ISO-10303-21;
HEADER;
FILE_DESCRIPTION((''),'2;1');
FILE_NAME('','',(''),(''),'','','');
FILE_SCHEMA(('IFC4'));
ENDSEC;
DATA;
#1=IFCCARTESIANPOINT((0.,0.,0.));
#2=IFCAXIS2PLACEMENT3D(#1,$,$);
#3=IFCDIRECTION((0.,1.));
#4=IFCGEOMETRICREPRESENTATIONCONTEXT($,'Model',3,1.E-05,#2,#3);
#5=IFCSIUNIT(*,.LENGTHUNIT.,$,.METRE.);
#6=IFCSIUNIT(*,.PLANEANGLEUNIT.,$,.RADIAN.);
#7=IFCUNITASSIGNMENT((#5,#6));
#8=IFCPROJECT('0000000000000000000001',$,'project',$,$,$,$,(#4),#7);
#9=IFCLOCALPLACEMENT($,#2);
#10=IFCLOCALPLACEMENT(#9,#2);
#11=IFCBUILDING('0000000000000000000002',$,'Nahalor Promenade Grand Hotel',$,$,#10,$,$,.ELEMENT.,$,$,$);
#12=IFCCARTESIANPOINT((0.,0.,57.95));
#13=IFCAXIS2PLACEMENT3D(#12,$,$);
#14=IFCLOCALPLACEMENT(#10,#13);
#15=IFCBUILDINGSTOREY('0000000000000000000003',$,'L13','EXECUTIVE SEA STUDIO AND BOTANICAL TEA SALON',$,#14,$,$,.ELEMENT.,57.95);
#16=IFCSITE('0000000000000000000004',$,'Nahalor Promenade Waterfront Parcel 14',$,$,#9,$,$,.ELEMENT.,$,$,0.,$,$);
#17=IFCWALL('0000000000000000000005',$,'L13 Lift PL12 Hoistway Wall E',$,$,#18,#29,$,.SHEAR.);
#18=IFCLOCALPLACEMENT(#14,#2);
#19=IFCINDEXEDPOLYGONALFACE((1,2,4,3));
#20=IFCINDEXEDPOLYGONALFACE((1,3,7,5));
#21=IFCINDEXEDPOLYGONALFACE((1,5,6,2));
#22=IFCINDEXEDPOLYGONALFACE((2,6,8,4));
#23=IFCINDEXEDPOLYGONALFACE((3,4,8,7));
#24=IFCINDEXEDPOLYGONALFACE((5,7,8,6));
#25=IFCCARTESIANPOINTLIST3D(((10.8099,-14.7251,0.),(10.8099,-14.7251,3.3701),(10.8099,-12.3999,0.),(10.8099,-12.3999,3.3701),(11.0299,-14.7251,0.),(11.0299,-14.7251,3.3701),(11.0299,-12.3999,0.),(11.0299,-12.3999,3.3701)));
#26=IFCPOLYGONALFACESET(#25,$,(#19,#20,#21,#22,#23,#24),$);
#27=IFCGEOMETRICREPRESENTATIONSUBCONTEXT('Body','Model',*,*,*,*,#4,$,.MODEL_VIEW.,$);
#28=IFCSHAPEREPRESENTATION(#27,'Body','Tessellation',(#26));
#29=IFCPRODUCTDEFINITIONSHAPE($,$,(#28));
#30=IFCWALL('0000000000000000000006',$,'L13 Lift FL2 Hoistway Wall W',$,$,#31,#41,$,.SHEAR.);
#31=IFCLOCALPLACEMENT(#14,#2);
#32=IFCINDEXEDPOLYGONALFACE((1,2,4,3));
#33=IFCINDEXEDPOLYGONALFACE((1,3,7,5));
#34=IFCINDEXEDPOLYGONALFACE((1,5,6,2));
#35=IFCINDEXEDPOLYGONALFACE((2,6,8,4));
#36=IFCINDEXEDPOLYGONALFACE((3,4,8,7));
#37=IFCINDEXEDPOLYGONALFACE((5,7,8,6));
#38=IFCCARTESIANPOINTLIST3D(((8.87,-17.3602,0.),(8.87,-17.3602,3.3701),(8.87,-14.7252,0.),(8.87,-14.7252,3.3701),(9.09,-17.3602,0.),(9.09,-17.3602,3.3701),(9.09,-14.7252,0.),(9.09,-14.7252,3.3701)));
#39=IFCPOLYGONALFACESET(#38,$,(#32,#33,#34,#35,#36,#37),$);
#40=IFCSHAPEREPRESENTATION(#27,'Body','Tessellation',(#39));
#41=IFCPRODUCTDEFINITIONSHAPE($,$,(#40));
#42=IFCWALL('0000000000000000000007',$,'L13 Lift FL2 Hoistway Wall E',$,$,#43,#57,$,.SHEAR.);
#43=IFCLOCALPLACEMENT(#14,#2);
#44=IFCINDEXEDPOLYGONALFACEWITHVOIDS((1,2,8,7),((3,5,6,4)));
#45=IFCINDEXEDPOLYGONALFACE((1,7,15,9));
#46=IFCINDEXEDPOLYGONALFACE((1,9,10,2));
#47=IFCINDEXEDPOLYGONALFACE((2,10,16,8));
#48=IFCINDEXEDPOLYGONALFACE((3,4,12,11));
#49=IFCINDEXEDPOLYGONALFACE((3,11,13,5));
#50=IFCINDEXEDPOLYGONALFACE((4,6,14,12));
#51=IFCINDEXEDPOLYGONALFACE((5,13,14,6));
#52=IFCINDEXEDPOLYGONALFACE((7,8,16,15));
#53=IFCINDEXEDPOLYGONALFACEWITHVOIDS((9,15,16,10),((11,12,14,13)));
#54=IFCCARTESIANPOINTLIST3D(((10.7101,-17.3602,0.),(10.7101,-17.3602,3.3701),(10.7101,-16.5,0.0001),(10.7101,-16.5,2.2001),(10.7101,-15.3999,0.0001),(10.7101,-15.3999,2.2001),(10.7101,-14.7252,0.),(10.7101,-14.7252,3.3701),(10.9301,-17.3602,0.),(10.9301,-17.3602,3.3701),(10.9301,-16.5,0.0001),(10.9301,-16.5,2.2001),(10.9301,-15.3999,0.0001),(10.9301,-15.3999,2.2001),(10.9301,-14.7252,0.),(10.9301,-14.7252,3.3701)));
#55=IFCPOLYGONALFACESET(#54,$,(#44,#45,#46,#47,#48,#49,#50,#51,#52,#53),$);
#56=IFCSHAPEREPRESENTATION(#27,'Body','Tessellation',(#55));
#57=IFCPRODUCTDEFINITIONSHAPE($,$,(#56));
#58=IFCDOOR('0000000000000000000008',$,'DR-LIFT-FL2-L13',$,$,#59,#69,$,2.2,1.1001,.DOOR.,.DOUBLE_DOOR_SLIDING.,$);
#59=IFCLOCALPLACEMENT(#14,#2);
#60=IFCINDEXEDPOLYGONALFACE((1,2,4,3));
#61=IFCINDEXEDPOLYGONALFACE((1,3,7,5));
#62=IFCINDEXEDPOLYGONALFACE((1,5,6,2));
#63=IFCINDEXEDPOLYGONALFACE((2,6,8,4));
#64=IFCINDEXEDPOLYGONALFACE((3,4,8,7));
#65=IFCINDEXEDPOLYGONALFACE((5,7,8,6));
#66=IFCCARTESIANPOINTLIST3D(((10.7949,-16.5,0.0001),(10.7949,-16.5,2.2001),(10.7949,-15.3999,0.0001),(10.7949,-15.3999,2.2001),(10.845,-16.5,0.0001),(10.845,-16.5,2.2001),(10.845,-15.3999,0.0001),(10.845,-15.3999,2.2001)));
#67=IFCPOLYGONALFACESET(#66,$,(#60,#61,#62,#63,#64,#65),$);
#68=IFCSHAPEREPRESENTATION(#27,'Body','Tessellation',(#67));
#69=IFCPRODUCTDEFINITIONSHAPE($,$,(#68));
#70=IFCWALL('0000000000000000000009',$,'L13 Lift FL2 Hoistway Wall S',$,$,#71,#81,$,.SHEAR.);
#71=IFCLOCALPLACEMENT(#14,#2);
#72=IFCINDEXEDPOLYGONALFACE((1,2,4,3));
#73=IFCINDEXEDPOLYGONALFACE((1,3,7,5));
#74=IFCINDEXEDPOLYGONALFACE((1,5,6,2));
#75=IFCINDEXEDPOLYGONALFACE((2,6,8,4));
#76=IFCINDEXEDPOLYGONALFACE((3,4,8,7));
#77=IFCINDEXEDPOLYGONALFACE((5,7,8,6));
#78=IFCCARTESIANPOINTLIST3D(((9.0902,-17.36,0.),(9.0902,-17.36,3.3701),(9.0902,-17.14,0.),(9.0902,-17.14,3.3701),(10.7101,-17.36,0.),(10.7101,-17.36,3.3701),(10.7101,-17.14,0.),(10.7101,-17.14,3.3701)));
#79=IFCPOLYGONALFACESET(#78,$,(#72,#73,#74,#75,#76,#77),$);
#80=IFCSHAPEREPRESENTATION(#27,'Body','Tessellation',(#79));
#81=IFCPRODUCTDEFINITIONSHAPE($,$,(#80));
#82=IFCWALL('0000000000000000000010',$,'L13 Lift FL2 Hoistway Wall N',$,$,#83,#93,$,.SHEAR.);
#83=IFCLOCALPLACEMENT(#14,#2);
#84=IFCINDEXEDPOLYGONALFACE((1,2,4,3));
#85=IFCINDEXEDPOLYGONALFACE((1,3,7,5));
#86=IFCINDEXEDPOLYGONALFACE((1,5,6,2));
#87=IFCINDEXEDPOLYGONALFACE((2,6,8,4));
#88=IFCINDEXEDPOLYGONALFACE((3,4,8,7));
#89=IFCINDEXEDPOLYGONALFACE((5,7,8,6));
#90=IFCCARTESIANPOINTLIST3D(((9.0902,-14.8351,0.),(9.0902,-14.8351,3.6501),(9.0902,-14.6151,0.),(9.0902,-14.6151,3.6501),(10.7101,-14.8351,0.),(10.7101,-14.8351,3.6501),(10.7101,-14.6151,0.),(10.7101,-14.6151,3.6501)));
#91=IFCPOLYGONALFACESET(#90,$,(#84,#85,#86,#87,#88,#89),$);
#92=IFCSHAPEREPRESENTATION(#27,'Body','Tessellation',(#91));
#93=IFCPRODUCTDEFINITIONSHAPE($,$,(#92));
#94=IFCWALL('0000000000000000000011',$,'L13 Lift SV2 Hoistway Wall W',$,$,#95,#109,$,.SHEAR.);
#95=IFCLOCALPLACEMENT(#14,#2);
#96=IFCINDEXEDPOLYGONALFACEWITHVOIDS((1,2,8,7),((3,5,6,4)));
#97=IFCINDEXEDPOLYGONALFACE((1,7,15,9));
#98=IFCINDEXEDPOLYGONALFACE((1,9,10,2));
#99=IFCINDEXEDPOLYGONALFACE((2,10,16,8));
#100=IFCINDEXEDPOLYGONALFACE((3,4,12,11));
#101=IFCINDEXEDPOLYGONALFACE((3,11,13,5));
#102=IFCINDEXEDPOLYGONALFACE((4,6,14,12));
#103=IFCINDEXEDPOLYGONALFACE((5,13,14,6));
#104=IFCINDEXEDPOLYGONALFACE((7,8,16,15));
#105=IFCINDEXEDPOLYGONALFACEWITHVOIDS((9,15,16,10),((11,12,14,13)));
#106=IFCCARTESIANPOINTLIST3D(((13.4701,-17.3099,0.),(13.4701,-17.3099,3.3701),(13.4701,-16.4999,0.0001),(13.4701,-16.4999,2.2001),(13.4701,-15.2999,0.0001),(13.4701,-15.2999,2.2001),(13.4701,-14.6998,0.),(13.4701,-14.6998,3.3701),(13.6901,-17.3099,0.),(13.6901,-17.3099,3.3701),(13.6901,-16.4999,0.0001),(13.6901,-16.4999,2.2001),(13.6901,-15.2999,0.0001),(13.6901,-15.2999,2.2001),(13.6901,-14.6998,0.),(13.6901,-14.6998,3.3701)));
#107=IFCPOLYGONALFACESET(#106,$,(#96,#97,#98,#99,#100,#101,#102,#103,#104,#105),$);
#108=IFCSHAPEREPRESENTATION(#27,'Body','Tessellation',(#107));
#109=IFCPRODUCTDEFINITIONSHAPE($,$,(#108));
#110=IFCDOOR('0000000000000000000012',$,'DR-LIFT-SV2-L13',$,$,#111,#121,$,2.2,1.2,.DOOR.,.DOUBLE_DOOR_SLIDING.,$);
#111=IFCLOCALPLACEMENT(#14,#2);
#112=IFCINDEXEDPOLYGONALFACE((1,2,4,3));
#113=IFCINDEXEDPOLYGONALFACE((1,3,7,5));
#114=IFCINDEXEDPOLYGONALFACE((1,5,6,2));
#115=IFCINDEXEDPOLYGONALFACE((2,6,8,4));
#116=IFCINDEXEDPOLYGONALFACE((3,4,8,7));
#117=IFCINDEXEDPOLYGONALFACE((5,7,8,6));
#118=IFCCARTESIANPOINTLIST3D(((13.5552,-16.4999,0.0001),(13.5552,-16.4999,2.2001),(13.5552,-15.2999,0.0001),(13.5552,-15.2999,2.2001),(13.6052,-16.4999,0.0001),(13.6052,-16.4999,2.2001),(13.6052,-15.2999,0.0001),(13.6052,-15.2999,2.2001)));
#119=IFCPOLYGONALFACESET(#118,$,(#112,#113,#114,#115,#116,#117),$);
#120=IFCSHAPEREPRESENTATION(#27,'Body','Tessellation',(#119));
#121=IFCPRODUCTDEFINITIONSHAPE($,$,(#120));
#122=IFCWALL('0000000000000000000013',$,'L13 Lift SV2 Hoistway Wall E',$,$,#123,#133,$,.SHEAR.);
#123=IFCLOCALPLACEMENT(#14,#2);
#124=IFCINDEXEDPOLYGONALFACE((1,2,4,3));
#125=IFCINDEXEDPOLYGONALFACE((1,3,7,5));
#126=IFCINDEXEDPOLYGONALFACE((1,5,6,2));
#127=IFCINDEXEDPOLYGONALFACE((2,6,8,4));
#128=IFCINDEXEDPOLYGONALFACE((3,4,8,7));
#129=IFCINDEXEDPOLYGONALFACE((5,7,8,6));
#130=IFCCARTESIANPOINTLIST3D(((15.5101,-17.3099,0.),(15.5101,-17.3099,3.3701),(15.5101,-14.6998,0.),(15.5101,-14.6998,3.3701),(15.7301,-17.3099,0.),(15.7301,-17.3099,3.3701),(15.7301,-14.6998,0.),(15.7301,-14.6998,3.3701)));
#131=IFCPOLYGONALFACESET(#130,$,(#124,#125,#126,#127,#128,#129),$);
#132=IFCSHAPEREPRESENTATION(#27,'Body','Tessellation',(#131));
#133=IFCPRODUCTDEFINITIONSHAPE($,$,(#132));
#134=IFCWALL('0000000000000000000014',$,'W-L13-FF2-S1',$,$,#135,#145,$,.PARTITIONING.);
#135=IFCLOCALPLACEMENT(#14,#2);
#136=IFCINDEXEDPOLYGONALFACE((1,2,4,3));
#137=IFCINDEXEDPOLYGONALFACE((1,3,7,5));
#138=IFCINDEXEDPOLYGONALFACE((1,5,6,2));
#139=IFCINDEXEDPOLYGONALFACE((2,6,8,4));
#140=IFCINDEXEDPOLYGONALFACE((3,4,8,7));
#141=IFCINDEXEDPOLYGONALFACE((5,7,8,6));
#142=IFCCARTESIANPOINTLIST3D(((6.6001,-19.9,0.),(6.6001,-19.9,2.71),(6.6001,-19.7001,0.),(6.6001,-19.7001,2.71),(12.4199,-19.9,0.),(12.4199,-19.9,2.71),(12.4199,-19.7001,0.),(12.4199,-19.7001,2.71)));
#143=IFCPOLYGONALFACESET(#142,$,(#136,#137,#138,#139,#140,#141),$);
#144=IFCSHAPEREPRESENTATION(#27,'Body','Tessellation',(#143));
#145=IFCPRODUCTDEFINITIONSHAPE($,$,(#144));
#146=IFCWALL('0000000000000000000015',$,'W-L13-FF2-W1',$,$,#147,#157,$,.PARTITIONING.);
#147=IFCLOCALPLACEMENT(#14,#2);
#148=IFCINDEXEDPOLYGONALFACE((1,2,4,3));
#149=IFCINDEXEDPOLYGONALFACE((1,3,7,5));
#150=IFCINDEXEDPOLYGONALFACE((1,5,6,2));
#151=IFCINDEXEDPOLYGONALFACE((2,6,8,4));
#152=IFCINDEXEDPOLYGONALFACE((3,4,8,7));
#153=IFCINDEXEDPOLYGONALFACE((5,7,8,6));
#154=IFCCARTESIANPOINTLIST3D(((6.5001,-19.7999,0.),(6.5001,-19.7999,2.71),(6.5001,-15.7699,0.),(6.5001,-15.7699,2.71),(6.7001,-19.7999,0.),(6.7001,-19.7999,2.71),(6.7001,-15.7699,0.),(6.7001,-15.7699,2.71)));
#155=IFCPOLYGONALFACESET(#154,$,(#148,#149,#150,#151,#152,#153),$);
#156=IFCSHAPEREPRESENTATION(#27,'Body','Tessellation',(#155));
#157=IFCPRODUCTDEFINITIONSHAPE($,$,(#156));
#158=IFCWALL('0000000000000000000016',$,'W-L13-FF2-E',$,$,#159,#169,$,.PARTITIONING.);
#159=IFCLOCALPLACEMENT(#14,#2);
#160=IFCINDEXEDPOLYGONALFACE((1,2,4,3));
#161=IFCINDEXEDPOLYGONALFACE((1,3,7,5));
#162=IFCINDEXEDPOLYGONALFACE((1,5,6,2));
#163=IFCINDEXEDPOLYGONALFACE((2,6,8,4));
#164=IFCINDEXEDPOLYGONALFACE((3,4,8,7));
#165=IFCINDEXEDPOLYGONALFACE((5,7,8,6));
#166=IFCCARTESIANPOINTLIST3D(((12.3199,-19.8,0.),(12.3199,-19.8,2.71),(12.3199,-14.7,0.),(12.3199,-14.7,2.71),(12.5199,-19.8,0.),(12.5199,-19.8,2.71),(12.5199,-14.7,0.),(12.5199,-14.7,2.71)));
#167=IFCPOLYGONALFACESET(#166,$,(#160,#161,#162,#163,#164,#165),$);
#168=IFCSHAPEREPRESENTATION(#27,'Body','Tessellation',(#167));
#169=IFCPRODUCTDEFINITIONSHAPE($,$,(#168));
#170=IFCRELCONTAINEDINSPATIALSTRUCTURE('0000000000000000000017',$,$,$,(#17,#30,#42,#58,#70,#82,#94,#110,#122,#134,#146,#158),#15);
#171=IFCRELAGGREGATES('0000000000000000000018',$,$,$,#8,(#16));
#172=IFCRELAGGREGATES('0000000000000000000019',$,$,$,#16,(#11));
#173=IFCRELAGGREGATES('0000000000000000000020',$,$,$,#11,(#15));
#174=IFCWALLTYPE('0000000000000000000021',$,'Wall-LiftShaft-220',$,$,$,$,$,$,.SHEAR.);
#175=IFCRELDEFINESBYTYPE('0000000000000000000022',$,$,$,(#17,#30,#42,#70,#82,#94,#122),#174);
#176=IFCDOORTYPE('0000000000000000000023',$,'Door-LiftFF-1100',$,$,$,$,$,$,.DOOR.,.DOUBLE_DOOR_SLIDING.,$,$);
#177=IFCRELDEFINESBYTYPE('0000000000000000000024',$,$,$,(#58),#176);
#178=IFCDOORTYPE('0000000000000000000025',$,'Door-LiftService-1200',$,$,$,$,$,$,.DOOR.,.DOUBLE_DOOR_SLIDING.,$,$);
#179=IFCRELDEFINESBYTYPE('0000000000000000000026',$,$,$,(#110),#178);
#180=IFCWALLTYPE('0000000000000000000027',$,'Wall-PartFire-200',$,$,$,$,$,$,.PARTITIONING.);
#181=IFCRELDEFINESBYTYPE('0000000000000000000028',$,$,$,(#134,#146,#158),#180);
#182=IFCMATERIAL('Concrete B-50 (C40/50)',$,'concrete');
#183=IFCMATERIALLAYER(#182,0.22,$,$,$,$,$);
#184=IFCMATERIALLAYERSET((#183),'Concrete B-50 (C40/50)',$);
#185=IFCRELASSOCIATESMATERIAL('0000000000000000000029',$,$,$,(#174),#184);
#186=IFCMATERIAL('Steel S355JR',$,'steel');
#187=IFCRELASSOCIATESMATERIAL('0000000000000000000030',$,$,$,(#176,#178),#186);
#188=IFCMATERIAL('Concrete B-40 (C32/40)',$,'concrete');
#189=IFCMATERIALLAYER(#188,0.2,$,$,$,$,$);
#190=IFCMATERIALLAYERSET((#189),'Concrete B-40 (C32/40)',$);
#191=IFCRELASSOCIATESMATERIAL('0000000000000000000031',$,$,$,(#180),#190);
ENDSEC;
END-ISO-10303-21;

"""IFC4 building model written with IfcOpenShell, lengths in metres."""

from ifc_helpers import new_model, si_unit, direction, frame, frame_2d, origin, place, context, subcontext, project, spatial, rectangle, extrude, source, transform, mapped, material, layer, layer_set, type_object, element, fill, save


model = new_model("IFC4")

# Units and contexts
model_context = context("Model", 3, precision=1e-05, world=origin(), true_north=direction((0.0, 1.0)))
body_context = subcontext(model_context, "Body", "Model", "MODEL_VIEW")
ifc_project = project(units=[si_unit("LENGTHUNIT", "METRE"), si_unit("PLANEANGLEUNIT", "RADIAN")], contexts=[model_context])

# Site, building, storey
site_placement = place(None, origin())
site = spatial("IfcSite", under=ifc_project, at=site_placement, Name="Nahalor Promenade Waterfront Parcel 14", CompositionType="ELEMENT", RefElevation=0.0)
building_placement = place(site_placement, origin())
building = spatial("IfcBuilding", under=site, at=building_placement, Name="Nahalor Promenade Grand Hotel", CompositionType="ELEMENT")
storey_placement = place(building_placement, frame((0.0, 0.0, 57.95)))
storey = spatial("IfcBuildingStorey", under=building, at=storey_placement, Name="L13", Description="EXECUTIVE SEA STUDIO AND BOTANICAL TEA SALON", CompositionType="ELEMENT", Elevation=57.95)

# Shared definitions
ifc_material_1 = material(Name="Steel S355JR", Category="steel")

# Shared definitions
ifc_material_2 = material(Name="Concrete B-50 (C40/50)", Category="concrete")

# Walls
ifc_layer_1 = layer(ifc_material_2, 0.22)
ifc_layer_set_1 = layer_set([ifc_layer_1], Name="Concrete B-50 (C40/50)")
wall_type_1 = type_object("IfcWallType", Name="Wall-LiftShaft-220", PredefinedType="SHEAR", material=ifc_layer_set_1)
shared_shape_1 = source(origin(), body_context, "Body", "SweptSolid", [
    extrude(rectangle(XDim=2.3252, YDim=0.22, at=frame_2d((1.1626, 0.0))), origin(), (0.0, 0.0, 1.0), 3.3701),
])
for number, where, z_axis, x_axis, name in (
    (1, (10.9199, -14.7251, 0.0), (0.0, 0.0, 1.0), (0.0, 1.0, 0.0), "L13 Lift PL12 Hoistway Wall E"),
):
    element("IfcWall", number, at=place(storey_placement, frame(where, z_axis=z_axis, x_axis=x_axis)), inside=storey, type_object=wall_type_1, Name=name, PredefinedType="SHEAR", context=body_context, shape_type="MappedRepresentation", body=[
        mapped(shared_shape_1, transform((0.0, 0.0, 0.0), scale=1.0)),
    ])
shared_shape_2 = source(origin(), body_context, "Body", "SweptSolid", [
    extrude(rectangle(XDim=2.635, YDim=0.22, at=frame_2d((1.3174, 0.0))), origin(), (0.0, 0.0, 1.0), 3.3701),
])
wall_1_placement = place(storey_placement, frame((8.98, -17.3601, 0.0), z_axis=(0.0, 0.0, 1.0), x_axis=(0.0, 1.0, 0.0)))
element("IfcWall", 2, at=wall_1_placement, inside=storey, type_object=wall_type_1, Name="L13 Lift FL2 Hoistway Wall W", PredefinedType="SHEAR", context=body_context, shape_type="MappedRepresentation", body=[
    mapped(shared_shape_2, transform((0.0, 0.0, 0.0), scale=1.0)),
])

# Wall, opening, door
wall_2_placement = place(storey_placement, frame((10.8201, -17.3601, 0.0), z_axis=(0.0, 0.0, 1.0), x_axis=(0.0, 1.0, 0.0)))
wall_2 = element("IfcWall", 3, at=wall_2_placement, inside=storey, type_object=wall_type_1, Name="L13 Lift FL2 Hoistway Wall E", PredefinedType="SHEAR", context=body_context, shape_type="MappedRepresentation", body=[
    mapped(shared_shape_2, transform((0.0, 0.0, 0.0), scale=1.0)),
])
opening_1_placement = place(wall_2_placement, frame((0.8601, 0.0, 0.0)))
opening_1 = element("IfcOpeningElement", 4, at=opening_1_placement, cuts=wall_2, PredefinedType="OPENING", context=body_context, shape_type="SweptSolid", body=[
    extrude(rectangle(XDim=1.1001, YDim=2.2, at=frame_2d((0.55, 1.1001))), frame((0.0, 0.1199, 0.0), z_axis=(0.0, -1.0, 0.0), x_axis=(1.0, 0.0, 0.0)), (0.0, 0.0, 1.0), 0.24),
])
door_type_1 = type_object("IfcDoorType", Name="Door-LiftFF-1100", OperationType="DOUBLE_DOOR_SLIDING", PredefinedType="DOOR", material=ifc_material_1)
shared_shape_3 = source(origin(), body_context, "Body", "SweptSolid", [
    extrude(rectangle(XDim=1.1001, YDim=2.2, at=frame_2d((0.55, 1.1001))), frame((0.0, 0.0249, 0.0), z_axis=(0.0, -1.0, 0.0), x_axis=(1.0, 0.0, 0.0)), (0.0, 0.0, 1.0), 0.05),
])
door_1_placement = place(opening_1_placement, frame((1.1001, 0.0, 0.0), z_axis=(0.0, 0.0, 1.0), x_axis=(-1.0, 0.0, 0.0)))
door_1 = element("IfcDoor", 5, at=door_1_placement, inside=storey, type_object=door_type_1, Name="DR-LIFT-FL2-L13", OperationType="DOUBLE_DOOR_SLIDING", OverallHeight=2.2, OverallWidth=1.1001, PredefinedType="DOOR", context=body_context, shape_type="MappedRepresentation", body=[
    mapped(shared_shape_3, transform((0.0, 0.0, 0.0), scale=1.0)),
])
fill(opening_1, door_1)

# Walls
shared_shape_4 = source(origin(), body_context, "Body", "SweptSolid", [
    extrude(rectangle(XDim=1.6199, YDim=0.22, at=frame_2d((0.8101, 0.0))), origin(), (0.0, 0.0, 1.0), 3.3701),
])
wall_3_placement = place(storey_placement, frame((9.0901, -17.25, 0.0), z_axis=(0.0, 0.0, 1.0), x_axis=(1.0, 0.0, 0.0)))
element("IfcWall", 6, at=wall_3_placement, inside=storey, type_object=wall_type_1, Name="L13 Lift FL2 Hoistway Wall S", PredefinedType="SHEAR", context=body_context, shape_type="MappedRepresentation", body=[
    mapped(shared_shape_4, transform((0.0, 0.0, 0.0), scale=1.0)),
])
shared_shape_5 = source(origin(), body_context, "Body", "SweptSolid", [
    extrude(rectangle(XDim=1.6199, YDim=0.22, at=frame_2d((0.8101, 0.0))), origin(), (0.0, 0.0, 1.0), 3.6501),
])
wall_4_placement = place(storey_placement, frame((9.0901, -14.7251, 0.0), z_axis=(0.0, 0.0, 1.0), x_axis=(1.0, 0.0, 0.0)))
element("IfcWall", 7, at=wall_4_placement, inside=storey, type_object=wall_type_1, Name="L13 Lift FL2 Hoistway Wall N", PredefinedType="SHEAR", context=body_context, shape_type="MappedRepresentation", body=[
    mapped(shared_shape_5, transform((0.0, 0.0, 0.0), scale=1.0)),
])

# Wall, opening, door
shared_shape_6 = source(origin(), body_context, "Body", "SweptSolid", [
    extrude(rectangle(XDim=2.6101, YDim=0.22, at=frame_2d((1.3052, 0.0))), origin(), (0.0, 0.0, 1.0), 3.3701),
])
wall_5_placement = place(storey_placement, frame((13.5801, -17.3101, 0.0), z_axis=(0.0, 0.0, 1.0), x_axis=(0.0, 1.0, 0.0)))
wall_5 = element("IfcWall", 8, at=wall_5_placement, inside=storey, type_object=wall_type_1, Name="L13 Lift SV2 Hoistway Wall W", PredefinedType="SHEAR", context=body_context, shape_type="MappedRepresentation", body=[
    mapped(shared_shape_6, transform((0.0, 0.0, 0.0), scale=1.0)),
])
opening_2_placement = place(wall_5_placement, frame((0.8101, 0.0, 0.0)))
opening_2 = element("IfcOpeningElement", 9, at=opening_2_placement, cuts=wall_5, PredefinedType="OPENING", context=body_context, shape_type="SweptSolid", body=[
    extrude(rectangle(XDim=1.2, YDim=2.2, at=frame_2d((0.6001, 1.1001))), frame((0.0, 0.1199, 0.0), z_axis=(0.0, -1.0, 0.0), x_axis=(1.0, 0.0, 0.0)), (0.0, 0.0, 1.0), 0.24),
])
door_type_2 = type_object("IfcDoorType", Name="Door-LiftService-1200", OperationType="DOUBLE_DOOR_SLIDING", PredefinedType="DOOR", material=ifc_material_1)
shared_shape_7 = source(origin(), body_context, "Body", "SweptSolid", [
    extrude(rectangle(XDim=1.2, YDim=2.2, at=frame_2d((0.6001, 1.1001))), frame((0.0, 0.0249, 0.0), z_axis=(0.0, -1.0, 0.0), x_axis=(1.0, 0.0, 0.0)), (0.0, 0.0, 1.0), 0.05),
])
door_2_placement = place(opening_2_placement, origin())
door_2 = element("IfcDoor", 10, at=door_2_placement, inside=storey, type_object=door_type_2, Name="DR-LIFT-SV2-L13", OperationType="DOUBLE_DOOR_SLIDING", OverallHeight=2.2, OverallWidth=1.2, PredefinedType="DOOR", context=body_context, shape_type="MappedRepresentation", body=[
    mapped(shared_shape_7, transform((0.0, 0.0, 0.0), scale=1.0)),
])
fill(opening_2, door_2)

# Walls
wall_6_placement = place(storey_placement, frame((15.6201, -17.3101, 0.0), z_axis=(0.0, 0.0, 1.0), x_axis=(0.0, 1.0, 0.0)))
element("IfcWall", 11, at=wall_6_placement, inside=storey, type_object=wall_type_1, Name="L13 Lift SV2 Hoistway Wall E", PredefinedType="SHEAR", context=body_context, shape_type="MappedRepresentation", body=[
    mapped(shared_shape_6, transform((0.0, 0.0, 0.0), scale=1.0)),
])
ifc_material_3 = material(Name="Concrete B-40 (C32/40)", Category="concrete")
ifc_layer_2 = layer(ifc_material_3, 0.2)
ifc_layer_set_2 = layer_set([ifc_layer_2], Name="Concrete B-40 (C32/40)")
wall_type_2 = type_object("IfcWallType", Name="Wall-PartFire-200", PredefinedType="PARTITIONING", material=ifc_layer_set_2)
shared_shape_8 = source(origin(), body_context, "Body", "SweptSolid", [
    extrude(rectangle(XDim=5.8198, YDim=0.2, at=frame_2d((2.9099, 0.0))), origin(), (0.0, 0.0, 1.0), 2.71),
])
wall_7_placement = place(storey_placement, frame((6.6001, -19.8, 0.0), z_axis=(0.0, 0.0, 1.0), x_axis=(1.0, 0.0, 0.0)))
element("IfcWall", 12, at=wall_7_placement, inside=storey, type_object=wall_type_2, Name="W-L13-FF2-S1", PredefinedType="PARTITIONING", context=body_context, shape_type="MappedRepresentation", body=[
    mapped(shared_shape_8, transform((0.0, 0.0, 0.0), scale=1.0)),
])
shared_shape_9 = source(origin(), body_context, "Body", "SweptSolid", [
    extrude(rectangle(XDim=4.03, YDim=0.2, at=frame_2d((2.0151, 0.0))), origin(), (0.0, 0.0, 1.0), 2.71),
])
wall_8_placement = place(storey_placement, frame((6.6001, -19.8, 0.0), z_axis=(0.0, 0.0, 1.0), x_axis=(0.0, 1.0, 0.0)))
element("IfcWall", 13, at=wall_8_placement, inside=storey, type_object=wall_type_2, Name="W-L13-FF2-W1", PredefinedType="PARTITIONING", context=body_context, shape_type="MappedRepresentation", body=[
    mapped(shared_shape_9, transform((0.0, 0.0, 0.0), scale=1.0)),
])
shared_shape_10 = source(origin(), body_context, "Body", "SweptSolid", [
    extrude(rectangle(XDim=5.1001, YDim=0.2, at=frame_2d((2.55, 0.0))), origin(), (0.0, 0.0, 1.0), 2.71),
])
wall_9_placement = place(storey_placement, frame((12.4199, -19.8, 0.0), z_axis=(0.0, 0.0, 1.0), x_axis=(0.0, 1.0, 0.0)))
element("IfcWall", 14, at=wall_9_placement, inside=storey, type_object=wall_type_2, Name="W-L13-FF2-E", PredefinedType="PARTITIONING", context=body_context, shape_type="MappedRepresentation", body=[
    mapped(shared_shape_10, transform((0.0, 0.0, 0.0), scale=1.0)),
])

save(model, "model.ifc")
